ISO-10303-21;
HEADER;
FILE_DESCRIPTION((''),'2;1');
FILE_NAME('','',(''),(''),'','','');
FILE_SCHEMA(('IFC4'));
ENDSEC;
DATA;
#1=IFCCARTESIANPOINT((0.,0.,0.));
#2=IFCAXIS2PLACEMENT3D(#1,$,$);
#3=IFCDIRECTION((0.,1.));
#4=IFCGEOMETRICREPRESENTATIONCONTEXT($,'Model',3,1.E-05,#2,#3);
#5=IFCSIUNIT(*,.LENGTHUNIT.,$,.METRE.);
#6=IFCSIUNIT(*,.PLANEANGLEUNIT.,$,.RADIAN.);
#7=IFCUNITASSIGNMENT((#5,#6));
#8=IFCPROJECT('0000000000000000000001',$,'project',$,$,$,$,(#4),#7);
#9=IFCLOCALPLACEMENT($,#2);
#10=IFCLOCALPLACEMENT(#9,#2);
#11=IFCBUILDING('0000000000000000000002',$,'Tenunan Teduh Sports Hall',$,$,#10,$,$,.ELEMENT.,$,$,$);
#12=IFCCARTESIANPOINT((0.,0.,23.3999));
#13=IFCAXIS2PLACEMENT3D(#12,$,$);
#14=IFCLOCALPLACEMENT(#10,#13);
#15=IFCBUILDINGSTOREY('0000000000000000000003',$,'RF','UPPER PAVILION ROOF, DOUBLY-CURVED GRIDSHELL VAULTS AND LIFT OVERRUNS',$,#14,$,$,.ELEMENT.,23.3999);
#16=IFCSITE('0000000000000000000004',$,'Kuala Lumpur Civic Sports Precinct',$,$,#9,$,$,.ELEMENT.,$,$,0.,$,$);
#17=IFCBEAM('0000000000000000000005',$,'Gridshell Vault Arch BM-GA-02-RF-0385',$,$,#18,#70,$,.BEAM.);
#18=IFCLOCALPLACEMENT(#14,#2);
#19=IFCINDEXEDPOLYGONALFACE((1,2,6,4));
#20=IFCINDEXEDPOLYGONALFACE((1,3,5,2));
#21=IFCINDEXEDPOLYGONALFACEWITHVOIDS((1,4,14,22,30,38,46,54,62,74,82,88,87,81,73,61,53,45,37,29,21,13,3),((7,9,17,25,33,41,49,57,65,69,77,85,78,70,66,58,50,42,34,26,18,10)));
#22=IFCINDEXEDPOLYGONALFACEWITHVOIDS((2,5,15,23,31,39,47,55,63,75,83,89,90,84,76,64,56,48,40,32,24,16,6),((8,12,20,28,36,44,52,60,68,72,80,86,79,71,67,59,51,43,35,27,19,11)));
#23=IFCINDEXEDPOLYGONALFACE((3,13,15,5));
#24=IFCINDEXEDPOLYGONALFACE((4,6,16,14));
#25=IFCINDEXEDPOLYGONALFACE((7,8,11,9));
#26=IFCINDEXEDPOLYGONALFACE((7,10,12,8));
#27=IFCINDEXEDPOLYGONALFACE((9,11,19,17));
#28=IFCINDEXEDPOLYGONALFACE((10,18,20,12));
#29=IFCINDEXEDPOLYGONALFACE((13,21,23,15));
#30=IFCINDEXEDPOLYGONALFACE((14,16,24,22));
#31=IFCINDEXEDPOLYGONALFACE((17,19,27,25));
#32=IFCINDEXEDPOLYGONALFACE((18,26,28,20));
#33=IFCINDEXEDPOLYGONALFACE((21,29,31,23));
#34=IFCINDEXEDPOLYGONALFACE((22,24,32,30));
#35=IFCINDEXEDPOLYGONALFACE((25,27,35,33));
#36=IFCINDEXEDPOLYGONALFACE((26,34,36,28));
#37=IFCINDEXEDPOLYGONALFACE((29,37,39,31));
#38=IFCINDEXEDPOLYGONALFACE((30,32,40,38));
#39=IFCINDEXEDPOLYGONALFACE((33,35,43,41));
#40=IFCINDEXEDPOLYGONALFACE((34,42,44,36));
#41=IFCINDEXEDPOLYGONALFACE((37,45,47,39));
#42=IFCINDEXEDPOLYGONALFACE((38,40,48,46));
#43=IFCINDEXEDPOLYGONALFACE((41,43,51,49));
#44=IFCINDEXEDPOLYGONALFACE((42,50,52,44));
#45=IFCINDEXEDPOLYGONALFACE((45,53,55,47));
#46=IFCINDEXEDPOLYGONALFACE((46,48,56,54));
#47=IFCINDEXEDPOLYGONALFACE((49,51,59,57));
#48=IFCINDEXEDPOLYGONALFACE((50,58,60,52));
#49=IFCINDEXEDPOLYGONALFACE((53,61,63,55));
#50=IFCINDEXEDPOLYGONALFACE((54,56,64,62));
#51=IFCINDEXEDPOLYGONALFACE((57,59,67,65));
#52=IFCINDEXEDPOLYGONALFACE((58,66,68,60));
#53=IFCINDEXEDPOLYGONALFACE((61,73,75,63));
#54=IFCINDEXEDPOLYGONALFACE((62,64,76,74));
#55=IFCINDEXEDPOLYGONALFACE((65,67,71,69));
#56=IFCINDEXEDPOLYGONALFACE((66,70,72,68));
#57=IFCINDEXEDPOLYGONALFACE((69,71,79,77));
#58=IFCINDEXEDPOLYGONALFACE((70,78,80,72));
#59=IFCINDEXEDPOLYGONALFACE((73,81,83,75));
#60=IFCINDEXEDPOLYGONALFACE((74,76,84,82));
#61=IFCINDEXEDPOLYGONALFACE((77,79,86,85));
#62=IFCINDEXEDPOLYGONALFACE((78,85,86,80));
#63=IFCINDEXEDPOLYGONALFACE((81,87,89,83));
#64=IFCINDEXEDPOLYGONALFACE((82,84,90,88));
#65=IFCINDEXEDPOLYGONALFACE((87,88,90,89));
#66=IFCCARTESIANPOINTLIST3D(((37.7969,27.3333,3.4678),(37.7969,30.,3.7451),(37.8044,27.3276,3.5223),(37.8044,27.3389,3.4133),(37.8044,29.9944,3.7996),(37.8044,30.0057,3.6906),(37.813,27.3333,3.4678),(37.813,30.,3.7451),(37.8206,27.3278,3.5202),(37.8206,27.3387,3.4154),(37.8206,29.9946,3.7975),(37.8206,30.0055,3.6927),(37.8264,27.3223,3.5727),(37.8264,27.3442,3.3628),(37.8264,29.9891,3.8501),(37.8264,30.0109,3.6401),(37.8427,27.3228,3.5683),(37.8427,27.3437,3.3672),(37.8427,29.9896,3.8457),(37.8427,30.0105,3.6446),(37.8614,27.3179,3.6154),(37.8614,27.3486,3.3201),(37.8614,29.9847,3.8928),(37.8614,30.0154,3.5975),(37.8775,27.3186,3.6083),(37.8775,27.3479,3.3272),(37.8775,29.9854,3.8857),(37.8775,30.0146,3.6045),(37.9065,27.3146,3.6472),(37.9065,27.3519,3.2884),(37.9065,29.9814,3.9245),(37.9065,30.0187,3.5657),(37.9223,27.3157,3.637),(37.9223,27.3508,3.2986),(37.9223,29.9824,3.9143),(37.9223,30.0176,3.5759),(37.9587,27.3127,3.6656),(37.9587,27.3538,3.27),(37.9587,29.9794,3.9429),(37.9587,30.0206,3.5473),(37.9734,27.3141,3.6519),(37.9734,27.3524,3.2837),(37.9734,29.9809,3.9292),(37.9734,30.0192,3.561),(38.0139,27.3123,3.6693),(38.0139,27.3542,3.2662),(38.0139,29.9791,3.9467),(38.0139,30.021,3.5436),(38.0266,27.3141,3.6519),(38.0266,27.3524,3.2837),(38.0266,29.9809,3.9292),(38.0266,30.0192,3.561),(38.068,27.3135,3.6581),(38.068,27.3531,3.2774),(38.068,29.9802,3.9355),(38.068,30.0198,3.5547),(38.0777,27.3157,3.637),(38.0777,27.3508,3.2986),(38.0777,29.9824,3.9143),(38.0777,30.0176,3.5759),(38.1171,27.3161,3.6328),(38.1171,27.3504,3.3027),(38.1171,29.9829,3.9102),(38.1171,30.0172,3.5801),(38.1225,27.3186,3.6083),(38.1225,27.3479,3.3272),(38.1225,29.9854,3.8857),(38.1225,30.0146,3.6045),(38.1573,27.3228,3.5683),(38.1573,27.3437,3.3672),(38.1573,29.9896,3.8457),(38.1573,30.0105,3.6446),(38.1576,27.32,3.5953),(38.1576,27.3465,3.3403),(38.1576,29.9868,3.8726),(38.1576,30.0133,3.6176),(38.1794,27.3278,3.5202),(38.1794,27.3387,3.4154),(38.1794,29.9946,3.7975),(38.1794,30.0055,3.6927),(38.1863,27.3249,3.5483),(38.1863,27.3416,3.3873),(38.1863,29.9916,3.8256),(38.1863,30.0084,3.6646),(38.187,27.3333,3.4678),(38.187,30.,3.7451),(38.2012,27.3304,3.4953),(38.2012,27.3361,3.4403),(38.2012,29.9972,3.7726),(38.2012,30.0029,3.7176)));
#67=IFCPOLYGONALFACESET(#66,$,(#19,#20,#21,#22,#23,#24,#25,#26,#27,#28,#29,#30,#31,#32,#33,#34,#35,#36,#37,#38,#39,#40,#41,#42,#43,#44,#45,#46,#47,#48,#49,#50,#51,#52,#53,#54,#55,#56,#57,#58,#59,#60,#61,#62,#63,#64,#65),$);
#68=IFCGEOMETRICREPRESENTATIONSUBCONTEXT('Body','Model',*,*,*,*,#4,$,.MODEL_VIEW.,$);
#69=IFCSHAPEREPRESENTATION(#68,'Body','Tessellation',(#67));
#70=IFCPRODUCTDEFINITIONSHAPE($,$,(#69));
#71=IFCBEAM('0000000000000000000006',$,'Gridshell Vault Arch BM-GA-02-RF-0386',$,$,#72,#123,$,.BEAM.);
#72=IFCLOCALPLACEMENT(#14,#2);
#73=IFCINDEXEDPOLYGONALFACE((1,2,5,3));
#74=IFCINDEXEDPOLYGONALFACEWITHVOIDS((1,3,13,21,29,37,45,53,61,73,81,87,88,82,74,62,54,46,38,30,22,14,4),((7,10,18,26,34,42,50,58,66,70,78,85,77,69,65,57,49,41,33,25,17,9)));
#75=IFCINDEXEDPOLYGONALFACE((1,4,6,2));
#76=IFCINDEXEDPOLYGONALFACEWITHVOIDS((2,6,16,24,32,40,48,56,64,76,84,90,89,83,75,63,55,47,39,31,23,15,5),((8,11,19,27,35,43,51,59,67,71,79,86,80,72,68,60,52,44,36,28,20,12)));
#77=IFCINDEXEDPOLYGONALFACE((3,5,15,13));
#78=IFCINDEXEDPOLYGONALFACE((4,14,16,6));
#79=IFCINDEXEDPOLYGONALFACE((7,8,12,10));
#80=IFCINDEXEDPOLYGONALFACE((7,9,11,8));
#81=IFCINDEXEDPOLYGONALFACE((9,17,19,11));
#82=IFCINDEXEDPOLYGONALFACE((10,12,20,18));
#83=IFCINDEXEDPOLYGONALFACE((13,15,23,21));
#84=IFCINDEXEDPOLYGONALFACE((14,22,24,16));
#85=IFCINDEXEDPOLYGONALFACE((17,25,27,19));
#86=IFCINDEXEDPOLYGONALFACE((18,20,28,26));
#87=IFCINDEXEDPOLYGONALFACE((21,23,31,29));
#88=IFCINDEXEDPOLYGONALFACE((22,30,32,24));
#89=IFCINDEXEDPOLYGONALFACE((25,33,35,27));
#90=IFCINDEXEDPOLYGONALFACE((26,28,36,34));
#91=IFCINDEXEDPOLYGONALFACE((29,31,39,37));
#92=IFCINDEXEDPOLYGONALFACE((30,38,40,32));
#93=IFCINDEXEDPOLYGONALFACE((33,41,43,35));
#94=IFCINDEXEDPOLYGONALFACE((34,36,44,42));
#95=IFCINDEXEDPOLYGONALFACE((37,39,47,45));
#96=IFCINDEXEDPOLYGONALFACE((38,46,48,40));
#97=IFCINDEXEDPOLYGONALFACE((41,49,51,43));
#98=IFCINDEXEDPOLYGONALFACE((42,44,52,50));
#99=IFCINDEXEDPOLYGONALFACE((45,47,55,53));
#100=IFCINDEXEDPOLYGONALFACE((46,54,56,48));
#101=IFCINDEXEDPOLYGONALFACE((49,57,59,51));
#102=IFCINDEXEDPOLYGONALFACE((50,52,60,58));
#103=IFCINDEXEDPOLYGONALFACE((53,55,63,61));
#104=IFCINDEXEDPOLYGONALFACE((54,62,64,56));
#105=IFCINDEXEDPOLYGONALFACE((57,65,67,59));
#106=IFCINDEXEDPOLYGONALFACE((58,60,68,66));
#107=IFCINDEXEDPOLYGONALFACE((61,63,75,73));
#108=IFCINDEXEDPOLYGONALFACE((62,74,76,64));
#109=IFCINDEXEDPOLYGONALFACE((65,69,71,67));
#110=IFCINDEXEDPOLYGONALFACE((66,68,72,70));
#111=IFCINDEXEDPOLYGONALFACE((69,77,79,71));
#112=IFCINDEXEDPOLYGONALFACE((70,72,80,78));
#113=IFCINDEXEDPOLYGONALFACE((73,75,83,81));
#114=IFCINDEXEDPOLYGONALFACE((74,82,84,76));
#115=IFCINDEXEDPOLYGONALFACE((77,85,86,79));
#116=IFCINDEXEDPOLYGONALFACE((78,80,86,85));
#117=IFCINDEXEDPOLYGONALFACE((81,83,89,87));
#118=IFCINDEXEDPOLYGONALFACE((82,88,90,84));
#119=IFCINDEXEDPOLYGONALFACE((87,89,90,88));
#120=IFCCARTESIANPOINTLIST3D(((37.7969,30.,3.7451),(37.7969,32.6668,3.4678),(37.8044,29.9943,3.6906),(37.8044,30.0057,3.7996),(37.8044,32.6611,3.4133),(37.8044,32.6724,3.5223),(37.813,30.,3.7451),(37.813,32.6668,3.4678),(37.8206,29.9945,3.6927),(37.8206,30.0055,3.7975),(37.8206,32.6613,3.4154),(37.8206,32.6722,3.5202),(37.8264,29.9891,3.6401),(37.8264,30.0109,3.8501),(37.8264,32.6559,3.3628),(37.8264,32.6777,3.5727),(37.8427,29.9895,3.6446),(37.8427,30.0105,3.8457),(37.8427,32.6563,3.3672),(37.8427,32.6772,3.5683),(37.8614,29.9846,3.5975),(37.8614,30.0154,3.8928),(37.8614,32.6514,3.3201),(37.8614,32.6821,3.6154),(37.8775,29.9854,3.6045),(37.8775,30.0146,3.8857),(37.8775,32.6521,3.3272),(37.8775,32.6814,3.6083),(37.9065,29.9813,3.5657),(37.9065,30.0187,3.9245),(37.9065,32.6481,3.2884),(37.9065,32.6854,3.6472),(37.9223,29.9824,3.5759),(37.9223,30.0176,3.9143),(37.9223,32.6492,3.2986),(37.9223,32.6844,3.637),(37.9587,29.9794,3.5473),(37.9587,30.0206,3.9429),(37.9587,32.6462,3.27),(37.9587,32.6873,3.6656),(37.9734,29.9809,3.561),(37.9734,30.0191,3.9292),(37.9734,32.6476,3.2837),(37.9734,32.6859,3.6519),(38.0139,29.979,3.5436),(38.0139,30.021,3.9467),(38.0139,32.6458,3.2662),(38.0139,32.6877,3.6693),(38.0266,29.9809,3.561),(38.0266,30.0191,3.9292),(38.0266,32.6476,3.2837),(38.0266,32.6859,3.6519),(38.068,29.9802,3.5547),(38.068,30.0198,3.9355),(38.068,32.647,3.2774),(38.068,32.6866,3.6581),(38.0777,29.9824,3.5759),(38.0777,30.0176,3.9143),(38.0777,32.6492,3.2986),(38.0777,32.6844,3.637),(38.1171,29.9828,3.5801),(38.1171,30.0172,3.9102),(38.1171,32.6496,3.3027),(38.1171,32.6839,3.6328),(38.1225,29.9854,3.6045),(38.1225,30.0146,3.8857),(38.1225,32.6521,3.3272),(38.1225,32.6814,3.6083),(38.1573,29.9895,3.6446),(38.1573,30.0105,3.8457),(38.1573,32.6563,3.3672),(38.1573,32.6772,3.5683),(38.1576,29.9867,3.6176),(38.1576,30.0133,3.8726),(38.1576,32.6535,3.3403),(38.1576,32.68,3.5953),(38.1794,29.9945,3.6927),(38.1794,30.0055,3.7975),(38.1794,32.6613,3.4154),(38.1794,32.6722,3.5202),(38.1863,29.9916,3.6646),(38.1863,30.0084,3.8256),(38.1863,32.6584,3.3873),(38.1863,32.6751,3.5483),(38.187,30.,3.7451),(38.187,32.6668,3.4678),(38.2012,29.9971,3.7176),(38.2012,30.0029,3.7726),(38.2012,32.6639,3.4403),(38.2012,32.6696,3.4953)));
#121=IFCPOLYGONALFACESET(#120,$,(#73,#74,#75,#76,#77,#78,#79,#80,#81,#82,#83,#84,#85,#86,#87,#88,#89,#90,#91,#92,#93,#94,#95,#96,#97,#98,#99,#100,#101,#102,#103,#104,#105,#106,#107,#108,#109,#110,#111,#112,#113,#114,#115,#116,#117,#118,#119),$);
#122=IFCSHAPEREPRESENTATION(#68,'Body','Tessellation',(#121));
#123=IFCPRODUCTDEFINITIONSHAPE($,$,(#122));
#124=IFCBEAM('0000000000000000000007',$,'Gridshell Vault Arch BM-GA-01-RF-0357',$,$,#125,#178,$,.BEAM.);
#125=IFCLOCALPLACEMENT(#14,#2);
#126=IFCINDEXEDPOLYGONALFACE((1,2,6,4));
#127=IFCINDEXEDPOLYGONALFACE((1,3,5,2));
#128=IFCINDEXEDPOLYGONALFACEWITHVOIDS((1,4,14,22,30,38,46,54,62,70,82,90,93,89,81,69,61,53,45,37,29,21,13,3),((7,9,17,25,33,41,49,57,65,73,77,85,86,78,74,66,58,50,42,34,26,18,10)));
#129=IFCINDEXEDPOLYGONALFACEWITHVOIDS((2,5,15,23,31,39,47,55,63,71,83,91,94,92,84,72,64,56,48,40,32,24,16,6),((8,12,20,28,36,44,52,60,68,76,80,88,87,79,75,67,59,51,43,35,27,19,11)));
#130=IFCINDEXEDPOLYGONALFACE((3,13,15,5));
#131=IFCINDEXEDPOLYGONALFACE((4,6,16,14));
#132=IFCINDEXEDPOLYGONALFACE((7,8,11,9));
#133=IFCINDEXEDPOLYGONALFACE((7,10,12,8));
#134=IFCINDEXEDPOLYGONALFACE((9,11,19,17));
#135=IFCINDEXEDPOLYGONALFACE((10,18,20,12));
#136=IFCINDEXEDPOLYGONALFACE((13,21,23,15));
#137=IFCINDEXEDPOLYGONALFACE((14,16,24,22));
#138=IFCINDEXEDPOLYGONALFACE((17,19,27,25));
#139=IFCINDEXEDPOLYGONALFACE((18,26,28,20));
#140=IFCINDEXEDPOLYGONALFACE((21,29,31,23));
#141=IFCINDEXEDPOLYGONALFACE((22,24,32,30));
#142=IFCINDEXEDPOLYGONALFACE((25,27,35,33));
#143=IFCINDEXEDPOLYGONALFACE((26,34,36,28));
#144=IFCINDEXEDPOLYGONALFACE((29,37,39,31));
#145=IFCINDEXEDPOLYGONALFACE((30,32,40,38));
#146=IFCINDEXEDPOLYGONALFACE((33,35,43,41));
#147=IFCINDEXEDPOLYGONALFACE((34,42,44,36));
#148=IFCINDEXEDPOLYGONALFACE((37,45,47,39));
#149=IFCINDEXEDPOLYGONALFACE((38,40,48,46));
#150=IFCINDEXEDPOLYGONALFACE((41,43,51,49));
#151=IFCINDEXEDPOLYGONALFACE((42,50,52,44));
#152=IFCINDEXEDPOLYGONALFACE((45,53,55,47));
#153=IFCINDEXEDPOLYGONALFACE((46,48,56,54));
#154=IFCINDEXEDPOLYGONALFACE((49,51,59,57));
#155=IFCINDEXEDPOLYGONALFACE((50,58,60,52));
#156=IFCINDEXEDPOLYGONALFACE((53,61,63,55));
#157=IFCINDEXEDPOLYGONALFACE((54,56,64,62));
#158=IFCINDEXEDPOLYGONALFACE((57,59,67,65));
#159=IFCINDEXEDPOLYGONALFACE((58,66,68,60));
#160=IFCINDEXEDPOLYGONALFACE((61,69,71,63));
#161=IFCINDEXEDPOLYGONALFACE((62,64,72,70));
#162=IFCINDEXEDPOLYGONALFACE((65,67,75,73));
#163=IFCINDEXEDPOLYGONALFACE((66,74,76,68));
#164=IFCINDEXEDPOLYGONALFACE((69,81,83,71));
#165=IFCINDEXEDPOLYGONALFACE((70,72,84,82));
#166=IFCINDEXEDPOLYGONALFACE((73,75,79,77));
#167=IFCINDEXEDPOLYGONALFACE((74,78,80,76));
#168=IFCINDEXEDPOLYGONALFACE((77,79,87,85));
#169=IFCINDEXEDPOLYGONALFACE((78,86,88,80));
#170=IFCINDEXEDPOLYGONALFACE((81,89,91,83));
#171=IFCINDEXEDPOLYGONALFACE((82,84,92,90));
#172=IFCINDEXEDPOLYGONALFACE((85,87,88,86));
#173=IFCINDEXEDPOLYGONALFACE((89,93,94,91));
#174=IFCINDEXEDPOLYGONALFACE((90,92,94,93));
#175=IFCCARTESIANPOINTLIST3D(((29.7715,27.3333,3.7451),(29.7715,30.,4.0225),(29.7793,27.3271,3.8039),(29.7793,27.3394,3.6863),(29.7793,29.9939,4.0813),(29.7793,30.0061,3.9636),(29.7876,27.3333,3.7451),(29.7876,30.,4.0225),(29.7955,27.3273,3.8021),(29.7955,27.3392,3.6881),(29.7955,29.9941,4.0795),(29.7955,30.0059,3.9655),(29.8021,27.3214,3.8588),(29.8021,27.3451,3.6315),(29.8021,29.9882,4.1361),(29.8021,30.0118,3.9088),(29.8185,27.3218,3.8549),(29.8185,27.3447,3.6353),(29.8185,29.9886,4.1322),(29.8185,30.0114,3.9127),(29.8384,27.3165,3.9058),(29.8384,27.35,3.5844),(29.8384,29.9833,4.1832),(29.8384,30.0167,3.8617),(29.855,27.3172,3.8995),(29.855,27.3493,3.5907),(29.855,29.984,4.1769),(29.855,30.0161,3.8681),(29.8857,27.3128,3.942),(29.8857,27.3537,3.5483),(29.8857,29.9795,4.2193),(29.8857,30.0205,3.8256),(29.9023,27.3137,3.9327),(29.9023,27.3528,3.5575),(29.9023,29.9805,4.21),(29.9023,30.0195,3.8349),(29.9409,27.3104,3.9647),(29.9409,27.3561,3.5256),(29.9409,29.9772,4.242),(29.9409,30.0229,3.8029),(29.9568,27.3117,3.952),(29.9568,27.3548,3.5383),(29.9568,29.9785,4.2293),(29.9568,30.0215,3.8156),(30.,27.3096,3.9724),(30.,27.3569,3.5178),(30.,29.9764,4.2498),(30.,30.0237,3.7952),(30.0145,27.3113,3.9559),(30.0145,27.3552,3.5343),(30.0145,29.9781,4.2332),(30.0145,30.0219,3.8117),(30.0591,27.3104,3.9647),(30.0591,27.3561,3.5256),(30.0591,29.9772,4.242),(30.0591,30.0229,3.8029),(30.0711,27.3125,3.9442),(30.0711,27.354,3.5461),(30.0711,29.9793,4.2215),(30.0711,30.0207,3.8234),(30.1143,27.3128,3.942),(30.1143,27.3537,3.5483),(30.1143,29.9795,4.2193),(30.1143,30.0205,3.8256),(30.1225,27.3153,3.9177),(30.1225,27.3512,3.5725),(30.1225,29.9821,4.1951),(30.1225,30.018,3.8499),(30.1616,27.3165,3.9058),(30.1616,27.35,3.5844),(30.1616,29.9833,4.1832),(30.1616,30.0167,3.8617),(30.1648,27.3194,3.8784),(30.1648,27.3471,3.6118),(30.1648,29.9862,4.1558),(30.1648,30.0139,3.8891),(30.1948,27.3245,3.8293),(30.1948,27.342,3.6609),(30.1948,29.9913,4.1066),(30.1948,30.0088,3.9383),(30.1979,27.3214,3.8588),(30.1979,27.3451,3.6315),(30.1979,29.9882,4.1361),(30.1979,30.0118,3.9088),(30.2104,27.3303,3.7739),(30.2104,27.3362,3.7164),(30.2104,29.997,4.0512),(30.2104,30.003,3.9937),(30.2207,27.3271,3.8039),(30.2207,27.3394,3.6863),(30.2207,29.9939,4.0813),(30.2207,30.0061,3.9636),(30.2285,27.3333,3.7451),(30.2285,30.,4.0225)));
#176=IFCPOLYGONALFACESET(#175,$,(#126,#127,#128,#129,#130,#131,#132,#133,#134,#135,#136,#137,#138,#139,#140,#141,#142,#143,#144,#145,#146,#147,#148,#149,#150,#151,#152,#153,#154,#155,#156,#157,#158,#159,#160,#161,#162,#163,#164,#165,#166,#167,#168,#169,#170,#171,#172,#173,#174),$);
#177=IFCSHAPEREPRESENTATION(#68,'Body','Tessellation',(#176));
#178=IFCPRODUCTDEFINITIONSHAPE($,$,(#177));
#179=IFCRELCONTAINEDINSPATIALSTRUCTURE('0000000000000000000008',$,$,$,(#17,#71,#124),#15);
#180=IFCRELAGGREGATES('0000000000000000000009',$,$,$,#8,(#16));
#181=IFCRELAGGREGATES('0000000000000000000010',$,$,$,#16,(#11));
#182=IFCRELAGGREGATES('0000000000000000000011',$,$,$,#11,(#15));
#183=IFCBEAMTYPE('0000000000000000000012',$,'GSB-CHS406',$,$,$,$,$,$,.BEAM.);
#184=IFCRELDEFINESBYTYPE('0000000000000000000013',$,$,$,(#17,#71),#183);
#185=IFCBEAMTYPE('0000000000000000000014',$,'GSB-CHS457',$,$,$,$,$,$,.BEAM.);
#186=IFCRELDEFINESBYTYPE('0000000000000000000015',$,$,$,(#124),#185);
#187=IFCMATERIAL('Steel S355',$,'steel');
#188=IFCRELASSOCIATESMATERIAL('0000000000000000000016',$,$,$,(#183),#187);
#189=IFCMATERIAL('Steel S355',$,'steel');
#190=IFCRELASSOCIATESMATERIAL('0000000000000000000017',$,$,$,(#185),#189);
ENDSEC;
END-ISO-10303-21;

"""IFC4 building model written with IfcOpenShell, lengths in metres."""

from ifc_helpers import new_model, si_unit, direction, frame, origin, origin_2d, place, context, subcontext, project, spatial, hollow_circle, extrude, material, material_profile, profile_set, type_object, element, save


model = new_model("IFC4")

# Units and contexts
model_context = context("Model", 3, precision=1e-05, world=origin(), true_north=direction((0.0, 1.0)))
body_context = subcontext(model_context, "Body", "Model", "MODEL_VIEW")
ifc_project = project(units=[si_unit("LENGTHUNIT", "METRE"), si_unit("PLANEANGLEUNIT", "RADIAN")], contexts=[model_context])

# Site, building, storey
site_placement = place(None, origin())
site = spatial("IfcSite", under=ifc_project, at=site_placement, Name="Kuala Lumpur Civic Sports Precinct", CompositionType="ELEMENT", RefElevation=0.0)
building_placement = place(site_placement, origin())
building = spatial("IfcBuilding", under=site, at=building_placement, Name="Tenunan Teduh Sports Hall", CompositionType="ELEMENT")
storey_placement = place(building_placement, frame((0.0, 0.0, 23.3999)))
storey = spatial("IfcBuildingStorey", under=building, at=storey_placement, Name="RF", Description="UPPER PAVILION ROOF, DOUBLY-CURVED GRIDSHELL VAULTS AND LIFT OVERRUNS", CompositionType="ELEMENT", Elevation=23.3999)

# Beams
ifc_material_1 = material(Name="Steel S355", Category="steel")
ifc_material_profile_1 = material_profile(ifc_material_1, hollow_circle(Radius=0.2031, WallThickness=0.0161, at=origin_2d()), Name="CHS 406.4x16.0")
ifc_profile_set_1 = profile_set([ifc_material_profile_1], Name="Steel S355")
beam_type_1 = type_object("IfcBeamType", Name="GSB-CHS406", PredefinedType="BEAM", material=ifc_profile_set_1)
for number, where, z_axis, x_axis, name in (
    (1, (38.0, 27.3333, 3.4678), (0.0, 0.994635, 0.103443), (-1.0, 0.0, 0.0), "Gridshell Vault Arch BM-GA-02-RF-0385"),
    (2, (38.0, 30.0, 3.7451), (0.0, 0.994635, -0.103443), (-1.0, 0.0, 0.0), "Gridshell Vault Arch BM-GA-02-RF-0386"),
):
    element("IfcBeam", number, at=place(storey_placement, frame(where, z_axis=z_axis, x_axis=x_axis)), inside=storey, type_object=beam_type_1, Name=name, PredefinedType="BEAM", context=body_context, shape_type="SweptSolid", body=[
        extrude(hollow_circle(Radius=0.2031, WallThickness=0.0161, at=origin_2d()), origin(), (0.0, 0.0, 1.0), 2.6812),
    ])
ifc_material_2 = material(Name="Steel S355", Category="steel")
ifc_material_profile_2 = material_profile(ifc_material_2, hollow_circle(Radius=0.2285, WallThickness=0.0161, at=origin_2d()), Name="CHS 457.0x16.0")
ifc_profile_set_2 = profile_set([ifc_material_profile_2], Name="Steel S355")
beam_type_2 = type_object("IfcBeamType", Name="GSB-CHS457", PredefinedType="BEAM", material=ifc_profile_set_2)
for number, where, z_axis, x_axis, name in (
    (3, (30.0, 27.3333, 3.7451), (0.0, 0.994635, 0.103443), (-1.0, 0.0, 0.0), "Gridshell Vault Arch BM-GA-01-RF-0357"),
):
    element("IfcBeam", number, at=place(storey_placement, frame(where, z_axis=z_axis, x_axis=x_axis)), inside=storey, type_object=beam_type_2, Name=name, PredefinedType="BEAM", context=body_context, shape_type="SweptSolid", body=[
        extrude(hollow_circle(Radius=0.2285, WallThickness=0.0161, at=origin_2d()), origin(), (0.0, 0.0, 1.0), 2.6812),
    ])

save(model, "model.ifc")
